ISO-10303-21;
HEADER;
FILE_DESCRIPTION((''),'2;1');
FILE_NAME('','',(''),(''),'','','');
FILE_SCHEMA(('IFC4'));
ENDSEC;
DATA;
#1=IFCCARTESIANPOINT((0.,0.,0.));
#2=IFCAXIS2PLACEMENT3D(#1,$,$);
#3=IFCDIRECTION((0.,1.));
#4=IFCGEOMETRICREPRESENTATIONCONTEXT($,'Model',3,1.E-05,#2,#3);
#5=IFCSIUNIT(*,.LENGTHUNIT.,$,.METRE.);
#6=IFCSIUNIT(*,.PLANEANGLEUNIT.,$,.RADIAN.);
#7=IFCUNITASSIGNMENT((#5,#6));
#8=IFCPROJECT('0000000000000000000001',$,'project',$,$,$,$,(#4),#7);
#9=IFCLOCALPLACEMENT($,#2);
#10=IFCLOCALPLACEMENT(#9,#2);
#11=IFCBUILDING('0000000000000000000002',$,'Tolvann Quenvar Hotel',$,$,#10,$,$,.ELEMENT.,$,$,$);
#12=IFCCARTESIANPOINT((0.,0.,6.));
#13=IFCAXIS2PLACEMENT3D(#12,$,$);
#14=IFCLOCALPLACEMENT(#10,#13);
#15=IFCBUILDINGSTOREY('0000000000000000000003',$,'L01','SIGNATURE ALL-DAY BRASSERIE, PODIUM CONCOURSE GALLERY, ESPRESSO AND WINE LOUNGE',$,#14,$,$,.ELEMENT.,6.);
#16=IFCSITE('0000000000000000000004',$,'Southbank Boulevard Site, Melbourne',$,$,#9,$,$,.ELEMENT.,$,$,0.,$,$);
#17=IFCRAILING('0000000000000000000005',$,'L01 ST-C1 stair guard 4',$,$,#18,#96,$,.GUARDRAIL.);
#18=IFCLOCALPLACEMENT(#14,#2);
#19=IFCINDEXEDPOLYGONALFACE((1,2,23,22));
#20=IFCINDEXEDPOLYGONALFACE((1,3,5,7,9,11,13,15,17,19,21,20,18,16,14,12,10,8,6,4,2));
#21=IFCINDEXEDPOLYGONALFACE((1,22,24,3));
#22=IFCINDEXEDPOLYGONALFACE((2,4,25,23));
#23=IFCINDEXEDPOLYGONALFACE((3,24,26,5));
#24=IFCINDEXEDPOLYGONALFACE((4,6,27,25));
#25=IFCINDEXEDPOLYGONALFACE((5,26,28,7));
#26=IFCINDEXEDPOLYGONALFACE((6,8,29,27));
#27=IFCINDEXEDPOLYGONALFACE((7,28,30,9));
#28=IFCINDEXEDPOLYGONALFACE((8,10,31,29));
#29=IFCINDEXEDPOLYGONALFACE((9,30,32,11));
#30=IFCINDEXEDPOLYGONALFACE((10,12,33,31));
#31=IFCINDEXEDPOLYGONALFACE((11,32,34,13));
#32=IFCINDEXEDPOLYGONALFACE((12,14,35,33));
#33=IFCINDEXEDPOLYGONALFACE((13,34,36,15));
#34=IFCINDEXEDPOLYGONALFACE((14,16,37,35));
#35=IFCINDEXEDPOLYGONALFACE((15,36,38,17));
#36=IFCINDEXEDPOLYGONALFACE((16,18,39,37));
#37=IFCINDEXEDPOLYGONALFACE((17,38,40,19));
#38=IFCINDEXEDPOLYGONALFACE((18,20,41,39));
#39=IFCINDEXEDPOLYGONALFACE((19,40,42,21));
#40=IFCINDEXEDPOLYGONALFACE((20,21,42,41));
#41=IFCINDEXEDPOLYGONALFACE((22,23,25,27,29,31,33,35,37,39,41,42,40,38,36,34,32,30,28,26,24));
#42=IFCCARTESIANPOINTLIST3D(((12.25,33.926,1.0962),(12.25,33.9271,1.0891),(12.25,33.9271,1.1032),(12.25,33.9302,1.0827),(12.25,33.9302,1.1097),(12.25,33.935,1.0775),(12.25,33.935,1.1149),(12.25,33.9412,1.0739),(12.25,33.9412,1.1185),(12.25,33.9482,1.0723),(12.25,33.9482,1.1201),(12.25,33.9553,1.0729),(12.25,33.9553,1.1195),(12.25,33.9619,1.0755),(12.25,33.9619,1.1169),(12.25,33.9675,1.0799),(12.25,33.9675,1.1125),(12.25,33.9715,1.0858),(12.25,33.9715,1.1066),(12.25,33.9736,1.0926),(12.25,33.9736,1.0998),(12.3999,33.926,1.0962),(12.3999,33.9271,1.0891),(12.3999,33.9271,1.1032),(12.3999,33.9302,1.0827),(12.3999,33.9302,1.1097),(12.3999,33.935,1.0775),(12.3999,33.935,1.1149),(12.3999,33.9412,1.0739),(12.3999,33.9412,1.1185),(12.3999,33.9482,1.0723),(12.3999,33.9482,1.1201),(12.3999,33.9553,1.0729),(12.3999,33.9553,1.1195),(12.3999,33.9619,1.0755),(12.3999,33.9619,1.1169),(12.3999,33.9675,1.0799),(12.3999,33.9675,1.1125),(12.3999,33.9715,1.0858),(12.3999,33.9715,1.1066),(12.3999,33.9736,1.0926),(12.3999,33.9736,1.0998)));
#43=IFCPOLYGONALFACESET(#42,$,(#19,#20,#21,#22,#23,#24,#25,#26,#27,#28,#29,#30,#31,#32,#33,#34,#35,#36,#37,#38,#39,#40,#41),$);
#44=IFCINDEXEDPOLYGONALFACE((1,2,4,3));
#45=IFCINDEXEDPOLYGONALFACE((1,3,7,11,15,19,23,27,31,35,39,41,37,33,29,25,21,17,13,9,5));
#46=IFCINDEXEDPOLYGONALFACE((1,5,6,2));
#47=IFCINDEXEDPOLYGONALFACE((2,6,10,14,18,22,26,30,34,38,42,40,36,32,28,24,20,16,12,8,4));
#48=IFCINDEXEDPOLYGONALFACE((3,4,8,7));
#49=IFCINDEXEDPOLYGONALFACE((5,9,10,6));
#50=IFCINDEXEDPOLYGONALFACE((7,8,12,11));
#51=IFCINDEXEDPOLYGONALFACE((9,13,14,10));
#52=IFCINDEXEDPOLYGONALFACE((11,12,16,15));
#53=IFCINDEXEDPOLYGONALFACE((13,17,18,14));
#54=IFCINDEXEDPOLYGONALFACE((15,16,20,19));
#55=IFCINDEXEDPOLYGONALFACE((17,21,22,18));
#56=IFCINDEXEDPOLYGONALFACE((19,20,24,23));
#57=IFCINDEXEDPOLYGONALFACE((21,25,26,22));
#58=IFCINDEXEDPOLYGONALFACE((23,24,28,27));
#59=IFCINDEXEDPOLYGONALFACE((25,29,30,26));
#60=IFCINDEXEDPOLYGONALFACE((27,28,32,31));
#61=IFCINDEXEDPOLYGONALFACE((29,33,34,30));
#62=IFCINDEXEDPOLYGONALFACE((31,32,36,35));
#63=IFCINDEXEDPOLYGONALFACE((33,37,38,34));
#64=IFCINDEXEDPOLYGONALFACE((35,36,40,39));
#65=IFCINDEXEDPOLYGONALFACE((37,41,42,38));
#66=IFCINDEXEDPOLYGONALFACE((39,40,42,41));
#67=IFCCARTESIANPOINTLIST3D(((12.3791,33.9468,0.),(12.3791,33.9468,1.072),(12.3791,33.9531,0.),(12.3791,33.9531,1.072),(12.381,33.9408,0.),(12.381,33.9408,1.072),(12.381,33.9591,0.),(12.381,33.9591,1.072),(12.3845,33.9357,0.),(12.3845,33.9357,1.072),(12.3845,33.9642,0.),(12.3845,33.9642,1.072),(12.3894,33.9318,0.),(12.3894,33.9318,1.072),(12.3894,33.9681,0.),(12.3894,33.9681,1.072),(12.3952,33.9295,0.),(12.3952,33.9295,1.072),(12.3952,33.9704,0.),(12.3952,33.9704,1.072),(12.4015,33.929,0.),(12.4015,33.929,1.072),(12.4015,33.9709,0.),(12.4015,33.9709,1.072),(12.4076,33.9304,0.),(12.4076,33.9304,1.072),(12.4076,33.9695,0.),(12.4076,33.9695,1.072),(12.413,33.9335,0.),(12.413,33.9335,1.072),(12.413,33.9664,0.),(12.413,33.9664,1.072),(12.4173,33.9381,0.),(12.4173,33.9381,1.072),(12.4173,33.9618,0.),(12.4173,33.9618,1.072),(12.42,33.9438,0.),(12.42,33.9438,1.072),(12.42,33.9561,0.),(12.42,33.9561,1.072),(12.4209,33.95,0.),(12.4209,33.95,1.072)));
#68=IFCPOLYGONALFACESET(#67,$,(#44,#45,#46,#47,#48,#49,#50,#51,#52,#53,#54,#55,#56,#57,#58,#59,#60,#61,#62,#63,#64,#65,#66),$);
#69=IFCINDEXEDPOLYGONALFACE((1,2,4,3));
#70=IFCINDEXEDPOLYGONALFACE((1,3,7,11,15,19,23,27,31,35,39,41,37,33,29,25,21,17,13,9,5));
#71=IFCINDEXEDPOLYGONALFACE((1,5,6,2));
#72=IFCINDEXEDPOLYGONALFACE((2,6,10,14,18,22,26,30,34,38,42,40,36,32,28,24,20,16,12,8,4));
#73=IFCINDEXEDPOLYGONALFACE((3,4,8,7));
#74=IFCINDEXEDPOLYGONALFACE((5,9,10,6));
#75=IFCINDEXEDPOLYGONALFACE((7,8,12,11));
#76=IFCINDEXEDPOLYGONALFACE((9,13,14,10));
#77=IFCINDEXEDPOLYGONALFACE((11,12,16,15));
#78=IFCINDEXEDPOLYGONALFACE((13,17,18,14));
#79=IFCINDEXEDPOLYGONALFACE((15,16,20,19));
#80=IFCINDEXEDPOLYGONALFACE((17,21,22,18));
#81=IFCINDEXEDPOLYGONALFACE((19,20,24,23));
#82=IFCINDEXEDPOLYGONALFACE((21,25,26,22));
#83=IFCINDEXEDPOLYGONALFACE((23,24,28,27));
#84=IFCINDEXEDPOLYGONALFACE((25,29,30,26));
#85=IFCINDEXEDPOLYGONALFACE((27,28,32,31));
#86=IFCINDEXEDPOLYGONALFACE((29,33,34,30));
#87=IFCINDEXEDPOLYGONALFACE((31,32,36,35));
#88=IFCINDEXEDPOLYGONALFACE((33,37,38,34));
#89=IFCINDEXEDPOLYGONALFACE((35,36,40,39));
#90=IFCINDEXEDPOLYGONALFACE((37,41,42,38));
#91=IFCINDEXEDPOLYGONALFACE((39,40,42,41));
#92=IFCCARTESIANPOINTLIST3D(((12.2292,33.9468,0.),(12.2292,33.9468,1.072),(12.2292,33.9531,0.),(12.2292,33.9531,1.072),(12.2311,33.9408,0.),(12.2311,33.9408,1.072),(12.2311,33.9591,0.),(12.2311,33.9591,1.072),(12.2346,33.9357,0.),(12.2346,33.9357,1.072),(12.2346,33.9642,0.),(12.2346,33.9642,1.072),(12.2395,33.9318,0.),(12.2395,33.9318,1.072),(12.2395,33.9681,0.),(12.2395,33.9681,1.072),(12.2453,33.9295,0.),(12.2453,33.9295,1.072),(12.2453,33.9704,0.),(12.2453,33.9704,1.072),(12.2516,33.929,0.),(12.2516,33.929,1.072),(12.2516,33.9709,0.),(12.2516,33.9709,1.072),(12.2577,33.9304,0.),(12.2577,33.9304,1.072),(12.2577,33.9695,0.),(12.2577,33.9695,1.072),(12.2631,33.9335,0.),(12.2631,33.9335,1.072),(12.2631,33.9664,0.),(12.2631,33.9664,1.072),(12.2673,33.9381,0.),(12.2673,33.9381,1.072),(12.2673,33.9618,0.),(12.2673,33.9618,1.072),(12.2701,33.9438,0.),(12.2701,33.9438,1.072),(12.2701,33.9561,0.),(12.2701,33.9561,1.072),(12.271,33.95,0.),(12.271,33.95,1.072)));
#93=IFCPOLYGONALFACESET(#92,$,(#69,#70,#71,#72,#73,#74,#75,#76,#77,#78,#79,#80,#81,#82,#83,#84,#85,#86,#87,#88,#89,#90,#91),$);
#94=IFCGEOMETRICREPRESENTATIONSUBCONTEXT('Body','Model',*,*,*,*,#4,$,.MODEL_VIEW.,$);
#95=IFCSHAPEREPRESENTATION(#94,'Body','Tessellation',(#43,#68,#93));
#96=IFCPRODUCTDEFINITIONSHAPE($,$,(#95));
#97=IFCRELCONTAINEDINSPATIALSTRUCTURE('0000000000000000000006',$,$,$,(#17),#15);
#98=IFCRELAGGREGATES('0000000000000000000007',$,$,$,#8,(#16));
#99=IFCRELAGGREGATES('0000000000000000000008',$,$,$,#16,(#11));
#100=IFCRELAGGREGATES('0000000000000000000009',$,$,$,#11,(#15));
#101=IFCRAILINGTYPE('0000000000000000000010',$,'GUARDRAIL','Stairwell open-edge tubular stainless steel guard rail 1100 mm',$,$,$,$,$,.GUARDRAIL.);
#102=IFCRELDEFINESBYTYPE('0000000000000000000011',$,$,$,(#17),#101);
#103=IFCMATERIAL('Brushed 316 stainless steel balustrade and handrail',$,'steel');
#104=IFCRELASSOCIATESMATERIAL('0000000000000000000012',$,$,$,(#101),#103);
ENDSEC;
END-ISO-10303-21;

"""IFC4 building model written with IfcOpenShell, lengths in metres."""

from ifc_helpers import new_model, si_unit, direction, frame, origin, origin_2d, place, context, subcontext, project, spatial, circle, extrude, material, type_object, element, save


model = new_model("IFC4")

# Units and contexts
model_context = context("Model", 3, precision=1e-05, world=origin(), true_north=direction((0.0, 1.0)))
body_context = subcontext(model_context, "Body", "Model", "MODEL_VIEW")
ifc_project = project(units=[si_unit("LENGTHUNIT", "METRE"), si_unit("PLANEANGLEUNIT", "RADIAN")], contexts=[model_context])

# Site, building, storey
site_placement = place(None, origin())
site = spatial("IfcSite", under=ifc_project, at=site_placement, Name="Southbank Boulevard Site, Melbourne", CompositionType="ELEMENT", RefElevation=0.0)
building_placement = place(site_placement, origin())
building = spatial("IfcBuilding", under=site, at=building_placement, Name="Tolvann Quenvar Hotel", CompositionType="ELEMENT")
storey_placement = place(building_placement, frame((0.0, 0.0, 6.0)))
storey = spatial("IfcBuildingStorey", under=building, at=storey_placement, Name="L01", Description="SIGNATURE ALL-DAY BRASSERIE, PODIUM CONCOURSE GALLERY, ESPRESSO AND WINE LOUNGE", CompositionType="ELEMENT", Elevation=6.0)

# Railing
ifc_material_1 = material(Name="Brushed 316 stainless steel balustrade and handrail", Category="steel")
railing_type_1 = type_object("IfcRailingType", Name="GUARDRAIL", Description="Stairwell open-edge tubular stainless steel guard rail 1100 mm", PredefinedType="GUARDRAIL", material=ifc_material_1)
railing_1_placement = place(storey_placement, frame((12.3999, 33.95, 0.0)))
element("IfcRailing", 1, at=railing_1_placement, inside=storey, type_object=railing_type_1, Name="L01 ST-C1 stair guard 4", PredefinedType="GUARDRAIL", context=body_context, shape_type="SweptSolid", body=[
    extrude(circle(Radius=0.0239, at=origin_2d()), frame((0.0, 0.0, 1.0962), z_axis=(-1.0, 0.0, 0.0), x_axis=(0.0, -1.0, 0.0)), (0.0, 0.0, 1.0), 0.1499),
    extrude(circle(Radius=0.021, at=origin_2d()), origin(), (0.0, 0.0, 1.0), 1.072),
    extrude(circle(Radius=0.021, at=origin_2d()), frame((-0.1499, 0.0, 0.0)), (0.0, 0.0, 1.0), 1.072),
])

save(model, "model.ifc")
